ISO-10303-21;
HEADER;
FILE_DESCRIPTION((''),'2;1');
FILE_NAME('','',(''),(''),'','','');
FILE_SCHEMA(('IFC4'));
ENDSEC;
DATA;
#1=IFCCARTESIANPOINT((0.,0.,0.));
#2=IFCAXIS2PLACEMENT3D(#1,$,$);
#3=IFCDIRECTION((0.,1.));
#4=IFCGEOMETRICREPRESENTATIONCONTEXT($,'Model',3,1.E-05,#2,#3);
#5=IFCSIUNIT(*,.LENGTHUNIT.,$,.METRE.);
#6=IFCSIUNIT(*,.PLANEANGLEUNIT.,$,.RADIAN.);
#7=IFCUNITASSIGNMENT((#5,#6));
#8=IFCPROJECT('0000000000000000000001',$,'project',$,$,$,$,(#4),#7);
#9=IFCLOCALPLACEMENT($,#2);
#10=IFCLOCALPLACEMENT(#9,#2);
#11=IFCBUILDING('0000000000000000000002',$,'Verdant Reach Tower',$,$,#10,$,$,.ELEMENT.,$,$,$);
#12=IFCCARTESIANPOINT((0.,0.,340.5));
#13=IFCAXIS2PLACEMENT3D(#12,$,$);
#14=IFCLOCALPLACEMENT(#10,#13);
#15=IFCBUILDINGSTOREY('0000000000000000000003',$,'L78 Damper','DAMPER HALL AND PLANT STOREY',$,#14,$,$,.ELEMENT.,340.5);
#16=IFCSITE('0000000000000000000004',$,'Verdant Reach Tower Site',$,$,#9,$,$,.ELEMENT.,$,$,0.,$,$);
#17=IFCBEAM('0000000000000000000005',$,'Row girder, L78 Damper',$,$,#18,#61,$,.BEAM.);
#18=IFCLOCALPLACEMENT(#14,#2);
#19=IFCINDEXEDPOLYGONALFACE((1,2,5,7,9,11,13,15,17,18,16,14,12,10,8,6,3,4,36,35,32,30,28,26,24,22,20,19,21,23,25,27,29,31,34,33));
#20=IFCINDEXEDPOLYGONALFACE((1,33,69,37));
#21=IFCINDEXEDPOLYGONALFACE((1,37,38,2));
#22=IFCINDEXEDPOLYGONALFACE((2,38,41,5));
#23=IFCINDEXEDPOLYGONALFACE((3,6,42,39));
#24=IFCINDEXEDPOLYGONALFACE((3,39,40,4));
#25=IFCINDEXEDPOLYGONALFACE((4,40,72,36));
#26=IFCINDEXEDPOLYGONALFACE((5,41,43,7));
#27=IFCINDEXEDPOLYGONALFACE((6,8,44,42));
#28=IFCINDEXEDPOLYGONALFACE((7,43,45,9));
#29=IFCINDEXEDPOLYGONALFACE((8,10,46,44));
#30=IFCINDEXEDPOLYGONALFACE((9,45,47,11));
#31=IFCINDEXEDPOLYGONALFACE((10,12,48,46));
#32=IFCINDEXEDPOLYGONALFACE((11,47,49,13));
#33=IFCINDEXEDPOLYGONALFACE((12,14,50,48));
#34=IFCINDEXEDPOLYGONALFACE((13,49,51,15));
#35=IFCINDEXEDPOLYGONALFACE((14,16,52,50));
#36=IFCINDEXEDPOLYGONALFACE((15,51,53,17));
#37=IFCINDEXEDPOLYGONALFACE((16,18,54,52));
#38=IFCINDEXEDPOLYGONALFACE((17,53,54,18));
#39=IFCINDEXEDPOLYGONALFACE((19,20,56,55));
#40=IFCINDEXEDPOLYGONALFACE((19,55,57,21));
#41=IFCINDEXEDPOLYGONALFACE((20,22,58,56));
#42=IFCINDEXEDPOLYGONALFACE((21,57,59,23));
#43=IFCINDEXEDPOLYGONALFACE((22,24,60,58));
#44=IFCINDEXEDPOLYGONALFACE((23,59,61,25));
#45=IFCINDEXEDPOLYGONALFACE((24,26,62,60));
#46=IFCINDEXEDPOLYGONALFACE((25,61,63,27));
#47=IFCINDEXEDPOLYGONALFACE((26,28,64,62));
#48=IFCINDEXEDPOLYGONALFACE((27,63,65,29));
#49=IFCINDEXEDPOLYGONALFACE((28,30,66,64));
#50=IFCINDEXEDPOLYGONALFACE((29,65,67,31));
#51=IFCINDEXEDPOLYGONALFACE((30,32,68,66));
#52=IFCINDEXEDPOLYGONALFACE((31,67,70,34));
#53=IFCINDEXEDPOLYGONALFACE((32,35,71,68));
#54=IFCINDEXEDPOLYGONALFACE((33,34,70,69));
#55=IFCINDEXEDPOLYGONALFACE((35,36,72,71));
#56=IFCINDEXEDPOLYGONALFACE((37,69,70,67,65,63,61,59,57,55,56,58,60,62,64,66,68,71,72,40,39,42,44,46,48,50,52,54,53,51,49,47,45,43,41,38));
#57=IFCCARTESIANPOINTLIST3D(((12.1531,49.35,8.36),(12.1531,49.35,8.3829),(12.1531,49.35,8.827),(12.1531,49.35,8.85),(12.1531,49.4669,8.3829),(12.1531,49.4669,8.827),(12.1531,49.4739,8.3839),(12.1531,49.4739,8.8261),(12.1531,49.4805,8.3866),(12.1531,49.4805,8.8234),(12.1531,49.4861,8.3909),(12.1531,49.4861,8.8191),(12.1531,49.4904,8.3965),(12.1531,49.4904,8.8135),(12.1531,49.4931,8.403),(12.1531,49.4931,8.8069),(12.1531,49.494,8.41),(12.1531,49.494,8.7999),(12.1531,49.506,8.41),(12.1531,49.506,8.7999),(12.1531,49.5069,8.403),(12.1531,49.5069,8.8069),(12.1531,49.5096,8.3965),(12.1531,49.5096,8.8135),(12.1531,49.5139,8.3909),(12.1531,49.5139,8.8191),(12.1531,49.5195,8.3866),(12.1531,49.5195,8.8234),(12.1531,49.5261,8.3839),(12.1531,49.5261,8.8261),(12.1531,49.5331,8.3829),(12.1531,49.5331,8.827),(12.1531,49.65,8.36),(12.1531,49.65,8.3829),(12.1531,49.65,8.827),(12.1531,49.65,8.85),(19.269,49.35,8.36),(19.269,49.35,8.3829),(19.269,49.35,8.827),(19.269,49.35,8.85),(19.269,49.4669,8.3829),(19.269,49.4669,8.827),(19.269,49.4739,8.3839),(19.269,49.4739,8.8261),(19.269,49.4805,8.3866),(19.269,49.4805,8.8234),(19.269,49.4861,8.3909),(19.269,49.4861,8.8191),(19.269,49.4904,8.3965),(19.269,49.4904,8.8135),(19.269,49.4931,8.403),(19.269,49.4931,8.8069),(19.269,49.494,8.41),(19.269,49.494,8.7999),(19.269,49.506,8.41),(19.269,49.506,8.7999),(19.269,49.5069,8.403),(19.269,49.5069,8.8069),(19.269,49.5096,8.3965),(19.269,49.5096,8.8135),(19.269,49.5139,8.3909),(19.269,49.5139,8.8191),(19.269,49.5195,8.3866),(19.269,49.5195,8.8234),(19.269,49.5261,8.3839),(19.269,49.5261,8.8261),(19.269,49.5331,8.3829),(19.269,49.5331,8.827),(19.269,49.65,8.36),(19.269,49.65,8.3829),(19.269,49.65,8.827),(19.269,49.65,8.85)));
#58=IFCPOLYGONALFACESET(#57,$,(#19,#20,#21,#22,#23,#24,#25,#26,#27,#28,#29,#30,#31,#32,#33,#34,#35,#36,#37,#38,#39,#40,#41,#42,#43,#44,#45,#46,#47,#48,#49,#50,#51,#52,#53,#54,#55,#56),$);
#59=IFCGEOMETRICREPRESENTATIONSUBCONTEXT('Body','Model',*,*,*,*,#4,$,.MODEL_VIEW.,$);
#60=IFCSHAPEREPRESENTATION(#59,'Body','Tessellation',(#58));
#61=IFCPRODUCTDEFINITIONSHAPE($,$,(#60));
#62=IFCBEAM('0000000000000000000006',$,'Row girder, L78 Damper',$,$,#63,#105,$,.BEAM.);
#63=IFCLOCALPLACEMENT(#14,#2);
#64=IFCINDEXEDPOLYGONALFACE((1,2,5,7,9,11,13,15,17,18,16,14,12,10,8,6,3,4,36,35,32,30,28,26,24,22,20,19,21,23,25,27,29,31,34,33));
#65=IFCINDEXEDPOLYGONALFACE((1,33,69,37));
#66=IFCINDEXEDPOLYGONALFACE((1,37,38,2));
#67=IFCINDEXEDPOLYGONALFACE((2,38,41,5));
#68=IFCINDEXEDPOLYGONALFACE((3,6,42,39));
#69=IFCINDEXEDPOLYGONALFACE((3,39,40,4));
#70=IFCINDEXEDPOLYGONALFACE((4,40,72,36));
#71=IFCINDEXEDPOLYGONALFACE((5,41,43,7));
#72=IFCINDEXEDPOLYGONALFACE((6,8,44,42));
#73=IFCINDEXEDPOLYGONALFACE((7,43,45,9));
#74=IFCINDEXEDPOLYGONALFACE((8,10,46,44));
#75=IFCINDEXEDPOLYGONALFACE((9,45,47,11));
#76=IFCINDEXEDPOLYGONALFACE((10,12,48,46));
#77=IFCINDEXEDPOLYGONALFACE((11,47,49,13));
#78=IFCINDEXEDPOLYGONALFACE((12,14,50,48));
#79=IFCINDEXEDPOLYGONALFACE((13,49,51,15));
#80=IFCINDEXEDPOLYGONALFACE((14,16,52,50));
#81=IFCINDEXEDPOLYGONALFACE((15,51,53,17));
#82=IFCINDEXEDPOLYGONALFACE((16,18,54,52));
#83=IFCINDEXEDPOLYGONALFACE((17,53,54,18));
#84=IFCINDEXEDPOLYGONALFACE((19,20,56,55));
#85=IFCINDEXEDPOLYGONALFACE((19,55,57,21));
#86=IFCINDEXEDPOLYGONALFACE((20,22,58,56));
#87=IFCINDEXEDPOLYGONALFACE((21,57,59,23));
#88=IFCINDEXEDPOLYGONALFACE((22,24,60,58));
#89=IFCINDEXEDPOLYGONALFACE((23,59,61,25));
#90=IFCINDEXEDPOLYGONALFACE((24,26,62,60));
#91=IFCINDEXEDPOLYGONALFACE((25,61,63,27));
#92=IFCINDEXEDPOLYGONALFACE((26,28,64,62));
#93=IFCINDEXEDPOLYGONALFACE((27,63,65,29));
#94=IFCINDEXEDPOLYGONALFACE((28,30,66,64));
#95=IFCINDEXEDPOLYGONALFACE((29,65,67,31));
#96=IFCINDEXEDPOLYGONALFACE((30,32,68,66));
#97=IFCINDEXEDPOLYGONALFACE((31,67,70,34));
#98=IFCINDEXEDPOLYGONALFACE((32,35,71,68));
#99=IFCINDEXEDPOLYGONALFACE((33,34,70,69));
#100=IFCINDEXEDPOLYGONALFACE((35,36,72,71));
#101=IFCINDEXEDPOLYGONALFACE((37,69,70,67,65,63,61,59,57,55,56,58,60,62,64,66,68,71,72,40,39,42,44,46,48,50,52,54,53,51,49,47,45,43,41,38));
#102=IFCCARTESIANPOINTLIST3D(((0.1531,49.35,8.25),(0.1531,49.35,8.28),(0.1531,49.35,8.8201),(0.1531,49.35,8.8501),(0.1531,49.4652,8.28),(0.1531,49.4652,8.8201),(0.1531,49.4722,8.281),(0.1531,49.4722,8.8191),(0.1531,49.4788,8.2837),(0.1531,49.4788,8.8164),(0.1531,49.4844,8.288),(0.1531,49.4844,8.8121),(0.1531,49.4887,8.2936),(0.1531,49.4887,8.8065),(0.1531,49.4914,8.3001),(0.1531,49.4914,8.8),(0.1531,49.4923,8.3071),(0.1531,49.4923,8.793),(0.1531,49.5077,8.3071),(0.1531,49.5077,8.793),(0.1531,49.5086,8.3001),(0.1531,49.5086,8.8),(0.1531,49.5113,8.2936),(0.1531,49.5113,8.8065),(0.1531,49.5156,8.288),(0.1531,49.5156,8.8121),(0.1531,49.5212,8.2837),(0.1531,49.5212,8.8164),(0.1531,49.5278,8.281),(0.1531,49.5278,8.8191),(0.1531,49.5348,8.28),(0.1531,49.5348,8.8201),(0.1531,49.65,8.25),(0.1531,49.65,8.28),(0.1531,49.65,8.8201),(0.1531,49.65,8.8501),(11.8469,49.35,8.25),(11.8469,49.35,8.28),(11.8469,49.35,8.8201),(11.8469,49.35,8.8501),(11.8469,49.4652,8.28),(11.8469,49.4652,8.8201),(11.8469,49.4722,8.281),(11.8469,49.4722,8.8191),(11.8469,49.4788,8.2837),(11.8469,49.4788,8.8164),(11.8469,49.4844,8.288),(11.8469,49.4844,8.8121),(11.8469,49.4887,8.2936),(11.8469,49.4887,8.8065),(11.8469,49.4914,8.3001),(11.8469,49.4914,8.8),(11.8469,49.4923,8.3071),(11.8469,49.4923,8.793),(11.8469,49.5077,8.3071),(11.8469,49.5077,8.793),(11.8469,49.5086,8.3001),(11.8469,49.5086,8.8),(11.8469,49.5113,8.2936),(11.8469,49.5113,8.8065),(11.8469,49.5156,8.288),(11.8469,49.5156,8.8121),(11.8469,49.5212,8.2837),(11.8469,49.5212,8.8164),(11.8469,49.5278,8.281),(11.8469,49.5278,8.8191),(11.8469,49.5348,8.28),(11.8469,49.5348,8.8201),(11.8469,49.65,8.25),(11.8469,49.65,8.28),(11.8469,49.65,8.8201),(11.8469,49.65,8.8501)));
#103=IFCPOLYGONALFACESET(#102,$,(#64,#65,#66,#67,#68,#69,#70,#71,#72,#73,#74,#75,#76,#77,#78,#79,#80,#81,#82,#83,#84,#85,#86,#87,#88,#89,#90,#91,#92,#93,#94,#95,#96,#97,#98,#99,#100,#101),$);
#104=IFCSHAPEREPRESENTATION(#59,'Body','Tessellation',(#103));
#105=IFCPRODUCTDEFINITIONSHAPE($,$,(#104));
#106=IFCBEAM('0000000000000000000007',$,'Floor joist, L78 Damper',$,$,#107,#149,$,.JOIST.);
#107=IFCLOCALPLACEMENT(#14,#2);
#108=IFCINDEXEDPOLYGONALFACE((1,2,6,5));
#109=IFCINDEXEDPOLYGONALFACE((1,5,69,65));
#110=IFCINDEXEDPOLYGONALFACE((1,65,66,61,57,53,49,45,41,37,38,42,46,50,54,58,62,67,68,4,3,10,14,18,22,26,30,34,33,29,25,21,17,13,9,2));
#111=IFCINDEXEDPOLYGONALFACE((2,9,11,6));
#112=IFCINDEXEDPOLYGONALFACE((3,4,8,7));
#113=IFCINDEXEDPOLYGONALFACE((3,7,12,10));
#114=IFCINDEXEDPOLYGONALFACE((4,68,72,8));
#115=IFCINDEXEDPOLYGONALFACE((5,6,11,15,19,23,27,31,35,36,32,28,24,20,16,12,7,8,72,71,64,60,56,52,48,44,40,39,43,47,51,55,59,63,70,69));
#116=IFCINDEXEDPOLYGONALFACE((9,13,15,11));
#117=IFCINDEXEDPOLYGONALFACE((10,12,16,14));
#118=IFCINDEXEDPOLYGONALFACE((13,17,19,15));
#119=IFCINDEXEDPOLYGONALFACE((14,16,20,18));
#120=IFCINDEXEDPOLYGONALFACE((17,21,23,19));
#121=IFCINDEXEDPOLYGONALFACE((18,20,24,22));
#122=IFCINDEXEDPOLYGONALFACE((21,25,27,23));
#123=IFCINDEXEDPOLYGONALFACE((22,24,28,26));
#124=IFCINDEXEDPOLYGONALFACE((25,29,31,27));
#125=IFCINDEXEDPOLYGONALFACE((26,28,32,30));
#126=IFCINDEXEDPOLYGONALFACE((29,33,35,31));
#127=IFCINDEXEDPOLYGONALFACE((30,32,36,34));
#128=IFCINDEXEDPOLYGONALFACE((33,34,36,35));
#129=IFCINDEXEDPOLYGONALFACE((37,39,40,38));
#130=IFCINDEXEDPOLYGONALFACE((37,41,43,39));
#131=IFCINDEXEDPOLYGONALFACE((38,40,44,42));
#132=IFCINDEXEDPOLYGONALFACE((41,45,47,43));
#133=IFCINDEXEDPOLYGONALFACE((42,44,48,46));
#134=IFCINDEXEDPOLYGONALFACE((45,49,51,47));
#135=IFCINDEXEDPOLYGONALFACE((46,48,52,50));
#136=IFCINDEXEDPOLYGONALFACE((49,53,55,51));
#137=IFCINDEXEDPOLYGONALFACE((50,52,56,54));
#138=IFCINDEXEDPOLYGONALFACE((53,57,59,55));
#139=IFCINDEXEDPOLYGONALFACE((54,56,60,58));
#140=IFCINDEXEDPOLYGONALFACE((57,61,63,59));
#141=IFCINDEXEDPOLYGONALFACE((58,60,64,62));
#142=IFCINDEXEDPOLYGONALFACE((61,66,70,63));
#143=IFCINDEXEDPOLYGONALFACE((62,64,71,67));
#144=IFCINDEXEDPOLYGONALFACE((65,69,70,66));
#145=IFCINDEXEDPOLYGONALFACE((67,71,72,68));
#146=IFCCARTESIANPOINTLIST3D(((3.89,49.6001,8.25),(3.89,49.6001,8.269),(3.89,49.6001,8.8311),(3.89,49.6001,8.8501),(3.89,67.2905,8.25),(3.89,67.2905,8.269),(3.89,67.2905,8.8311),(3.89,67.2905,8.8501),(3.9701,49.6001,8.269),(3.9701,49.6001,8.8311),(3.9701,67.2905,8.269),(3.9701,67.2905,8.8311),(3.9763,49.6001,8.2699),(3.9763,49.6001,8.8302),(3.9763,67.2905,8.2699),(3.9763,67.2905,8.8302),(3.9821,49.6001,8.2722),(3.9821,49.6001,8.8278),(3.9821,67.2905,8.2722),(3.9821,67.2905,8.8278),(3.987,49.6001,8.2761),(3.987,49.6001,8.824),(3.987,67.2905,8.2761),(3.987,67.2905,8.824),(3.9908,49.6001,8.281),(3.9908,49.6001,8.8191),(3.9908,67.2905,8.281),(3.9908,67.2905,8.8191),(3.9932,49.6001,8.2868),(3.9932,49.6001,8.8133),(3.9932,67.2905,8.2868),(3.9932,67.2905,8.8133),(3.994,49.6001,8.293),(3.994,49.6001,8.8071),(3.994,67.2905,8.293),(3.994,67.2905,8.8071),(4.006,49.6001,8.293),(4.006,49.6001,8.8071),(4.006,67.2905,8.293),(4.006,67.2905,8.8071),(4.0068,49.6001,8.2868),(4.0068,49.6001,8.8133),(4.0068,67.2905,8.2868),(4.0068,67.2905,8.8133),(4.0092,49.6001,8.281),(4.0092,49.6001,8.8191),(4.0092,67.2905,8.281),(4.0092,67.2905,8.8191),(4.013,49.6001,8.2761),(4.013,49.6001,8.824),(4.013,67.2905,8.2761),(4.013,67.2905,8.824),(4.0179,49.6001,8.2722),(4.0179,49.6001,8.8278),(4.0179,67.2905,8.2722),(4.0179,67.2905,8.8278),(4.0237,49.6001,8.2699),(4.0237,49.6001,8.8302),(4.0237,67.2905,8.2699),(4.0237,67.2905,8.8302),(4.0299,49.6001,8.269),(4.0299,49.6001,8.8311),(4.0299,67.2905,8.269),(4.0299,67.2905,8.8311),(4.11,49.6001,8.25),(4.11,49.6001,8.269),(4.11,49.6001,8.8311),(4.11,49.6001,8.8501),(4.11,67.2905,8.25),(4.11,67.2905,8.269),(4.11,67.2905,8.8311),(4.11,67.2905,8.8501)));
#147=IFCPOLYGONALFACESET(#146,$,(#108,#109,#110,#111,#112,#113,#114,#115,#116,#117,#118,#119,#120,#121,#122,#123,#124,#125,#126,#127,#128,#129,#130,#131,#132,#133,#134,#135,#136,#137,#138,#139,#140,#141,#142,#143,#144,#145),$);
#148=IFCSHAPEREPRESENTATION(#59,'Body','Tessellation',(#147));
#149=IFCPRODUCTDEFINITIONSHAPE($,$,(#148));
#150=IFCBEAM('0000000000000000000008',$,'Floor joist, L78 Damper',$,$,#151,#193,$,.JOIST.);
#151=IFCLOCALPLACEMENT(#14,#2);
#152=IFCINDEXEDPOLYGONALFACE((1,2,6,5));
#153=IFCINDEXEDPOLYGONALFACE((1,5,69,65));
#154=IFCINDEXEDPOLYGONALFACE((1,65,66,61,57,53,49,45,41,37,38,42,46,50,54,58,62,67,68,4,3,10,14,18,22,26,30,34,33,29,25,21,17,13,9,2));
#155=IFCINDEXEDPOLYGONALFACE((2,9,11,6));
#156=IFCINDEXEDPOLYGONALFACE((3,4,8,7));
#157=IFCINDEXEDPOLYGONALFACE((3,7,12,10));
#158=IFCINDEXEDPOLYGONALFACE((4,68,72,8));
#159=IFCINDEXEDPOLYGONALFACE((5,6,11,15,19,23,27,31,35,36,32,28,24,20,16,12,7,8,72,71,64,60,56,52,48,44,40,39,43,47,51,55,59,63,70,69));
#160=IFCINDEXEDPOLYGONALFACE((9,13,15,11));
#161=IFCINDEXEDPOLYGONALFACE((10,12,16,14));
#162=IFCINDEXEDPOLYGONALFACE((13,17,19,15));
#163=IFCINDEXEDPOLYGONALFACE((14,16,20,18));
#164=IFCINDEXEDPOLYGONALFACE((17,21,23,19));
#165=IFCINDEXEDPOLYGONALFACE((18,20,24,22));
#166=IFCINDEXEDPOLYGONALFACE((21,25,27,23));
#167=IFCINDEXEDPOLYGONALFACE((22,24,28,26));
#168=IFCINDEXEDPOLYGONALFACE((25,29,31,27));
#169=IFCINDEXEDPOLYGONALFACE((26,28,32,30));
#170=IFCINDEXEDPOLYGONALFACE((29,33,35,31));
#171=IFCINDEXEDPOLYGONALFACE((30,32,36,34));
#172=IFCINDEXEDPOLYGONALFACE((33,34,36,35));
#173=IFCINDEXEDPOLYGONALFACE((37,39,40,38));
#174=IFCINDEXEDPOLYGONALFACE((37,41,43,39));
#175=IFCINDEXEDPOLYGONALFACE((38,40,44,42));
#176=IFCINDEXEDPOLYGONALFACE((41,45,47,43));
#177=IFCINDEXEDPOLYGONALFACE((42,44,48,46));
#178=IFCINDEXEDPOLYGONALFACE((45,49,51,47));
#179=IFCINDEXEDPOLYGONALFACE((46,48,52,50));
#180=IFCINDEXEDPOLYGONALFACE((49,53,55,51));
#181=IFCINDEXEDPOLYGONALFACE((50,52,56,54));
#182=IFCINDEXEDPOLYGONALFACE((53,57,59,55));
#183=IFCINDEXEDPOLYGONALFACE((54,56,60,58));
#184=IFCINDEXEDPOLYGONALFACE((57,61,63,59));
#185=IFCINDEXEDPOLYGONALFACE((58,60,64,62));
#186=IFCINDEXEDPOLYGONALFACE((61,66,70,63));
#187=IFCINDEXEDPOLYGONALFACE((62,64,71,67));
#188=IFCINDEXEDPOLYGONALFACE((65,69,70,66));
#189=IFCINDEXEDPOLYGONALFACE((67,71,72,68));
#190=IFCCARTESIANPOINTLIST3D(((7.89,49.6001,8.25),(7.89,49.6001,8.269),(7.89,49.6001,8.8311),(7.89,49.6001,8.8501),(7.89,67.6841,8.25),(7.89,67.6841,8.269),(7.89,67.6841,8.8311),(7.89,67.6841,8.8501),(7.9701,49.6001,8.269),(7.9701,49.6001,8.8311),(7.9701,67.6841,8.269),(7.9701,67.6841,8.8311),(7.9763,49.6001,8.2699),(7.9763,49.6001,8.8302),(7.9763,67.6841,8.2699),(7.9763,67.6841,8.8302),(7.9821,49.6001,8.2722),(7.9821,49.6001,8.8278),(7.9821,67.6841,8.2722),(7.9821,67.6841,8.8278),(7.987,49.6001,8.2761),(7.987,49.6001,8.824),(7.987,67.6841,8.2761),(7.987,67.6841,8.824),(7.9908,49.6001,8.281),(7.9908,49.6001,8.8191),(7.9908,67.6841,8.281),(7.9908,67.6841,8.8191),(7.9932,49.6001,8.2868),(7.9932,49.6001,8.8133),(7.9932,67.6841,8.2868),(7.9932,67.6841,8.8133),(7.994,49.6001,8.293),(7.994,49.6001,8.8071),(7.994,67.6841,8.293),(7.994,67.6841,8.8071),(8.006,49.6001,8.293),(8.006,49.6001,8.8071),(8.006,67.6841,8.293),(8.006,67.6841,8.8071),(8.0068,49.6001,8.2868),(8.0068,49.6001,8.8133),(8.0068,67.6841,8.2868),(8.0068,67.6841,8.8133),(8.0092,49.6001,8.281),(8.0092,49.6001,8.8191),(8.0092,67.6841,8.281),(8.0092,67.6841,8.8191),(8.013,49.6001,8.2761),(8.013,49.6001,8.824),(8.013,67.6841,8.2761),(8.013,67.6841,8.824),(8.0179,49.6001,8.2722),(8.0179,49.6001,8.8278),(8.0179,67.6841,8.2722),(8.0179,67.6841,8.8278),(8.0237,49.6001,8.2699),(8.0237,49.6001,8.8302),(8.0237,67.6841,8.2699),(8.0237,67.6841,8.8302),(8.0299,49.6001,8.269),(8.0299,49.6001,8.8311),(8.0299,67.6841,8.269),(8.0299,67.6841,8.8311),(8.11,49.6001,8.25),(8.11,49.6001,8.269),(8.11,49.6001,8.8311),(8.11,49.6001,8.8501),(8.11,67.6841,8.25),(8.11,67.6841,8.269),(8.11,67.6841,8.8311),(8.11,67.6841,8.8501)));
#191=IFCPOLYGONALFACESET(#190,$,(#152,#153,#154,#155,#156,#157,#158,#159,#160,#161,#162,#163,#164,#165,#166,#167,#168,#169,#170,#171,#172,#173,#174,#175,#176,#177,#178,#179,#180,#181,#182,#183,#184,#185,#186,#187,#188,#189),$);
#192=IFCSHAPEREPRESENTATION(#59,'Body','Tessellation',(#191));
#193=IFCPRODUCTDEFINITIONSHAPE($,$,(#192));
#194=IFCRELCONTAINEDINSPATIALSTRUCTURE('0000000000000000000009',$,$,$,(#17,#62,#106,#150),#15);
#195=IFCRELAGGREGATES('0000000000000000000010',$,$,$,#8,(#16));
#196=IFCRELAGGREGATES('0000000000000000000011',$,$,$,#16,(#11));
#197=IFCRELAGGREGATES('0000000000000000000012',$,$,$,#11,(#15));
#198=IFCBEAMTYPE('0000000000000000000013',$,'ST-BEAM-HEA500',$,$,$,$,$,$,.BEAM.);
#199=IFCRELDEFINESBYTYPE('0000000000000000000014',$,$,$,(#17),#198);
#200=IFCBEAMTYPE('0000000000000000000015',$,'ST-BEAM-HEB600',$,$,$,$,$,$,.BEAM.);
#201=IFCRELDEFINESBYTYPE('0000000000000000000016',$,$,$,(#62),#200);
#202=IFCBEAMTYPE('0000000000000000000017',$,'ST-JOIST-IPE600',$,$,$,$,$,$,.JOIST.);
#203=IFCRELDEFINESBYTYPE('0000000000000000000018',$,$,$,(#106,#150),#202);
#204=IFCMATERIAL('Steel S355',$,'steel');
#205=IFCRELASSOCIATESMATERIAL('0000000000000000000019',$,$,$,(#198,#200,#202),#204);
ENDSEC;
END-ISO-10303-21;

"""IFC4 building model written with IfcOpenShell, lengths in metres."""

from ifc_helpers import new_model, si_unit, direction, frame, origin, origin_2d, place, context, subcontext, project, spatial, i_section, extrude, material, material_profile, profile_set, type_object, element, save


model = new_model("IFC4")

# Units and contexts
model_context = context("Model", 3, precision=1e-05, world=origin(), true_north=direction((0.0, 1.0)))
body_context = subcontext(model_context, "Body", "Model", "MODEL_VIEW")
ifc_project = project(units=[si_unit("LENGTHUNIT", "METRE"), si_unit("PLANEANGLEUNIT", "RADIAN")], contexts=[model_context])

# Site, building, storey
site_placement = place(None, origin())
site = spatial("IfcSite", under=ifc_project, at=site_placement, Name="Verdant Reach Tower Site", CompositionType="ELEMENT", RefElevation=0.0)
building_placement = place(site_placement, origin())
building = spatial("IfcBuilding", under=site, at=building_placement, Name="Verdant Reach Tower", CompositionType="ELEMENT")
storey_placement = place(building_placement, frame((0.0, 0.0, 340.5)))
storey = spatial("IfcBuildingStorey", under=building, at=storey_placement, Name="L78 Damper", Description="DAMPER HALL AND PLANT STOREY", CompositionType="ELEMENT", Elevation=340.5)

# Beams
ifc_material_1 = material(Name="Steel S355", Category="steel")
ifc_material_profile_1 = material_profile(ifc_material_1, i_section(OverallWidth=0.3, OverallDepth=0.49, WebThickness=0.012, FlangeThickness=0.0229, FilletRadius=0.0271, at=origin_2d()), Name="HEA 500")
ifc_profile_set_1 = profile_set([ifc_material_profile_1], Name="Steel S355")
beam_type_1 = type_object("IfcBeamType", Name="ST-BEAM-HEA500", PredefinedType="BEAM", material=ifc_profile_set_1)
beam_1_placement = place(storey_placement, frame((12.1531, 49.5, 8.605), z_axis=(1.0, 0.0, 0.0), x_axis=(0.0, 1.0, 0.0)))
element("IfcBeam", 1, at=beam_1_placement, inside=storey, type_object=beam_type_1, Name="Row girder, L78 Damper", PredefinedType="BEAM", context=body_context, shape_type="SweptSolid", body=[
    extrude(i_section(OverallWidth=0.3, OverallDepth=0.49, WebThickness=0.012, FlangeThickness=0.0229, FilletRadius=0.0271, at=origin_2d()), origin(), (0.0, 0.0, 1.0), 7.116),
])
ifc_material_profile_2 = material_profile(ifc_material_1, i_section(OverallWidth=0.3, OverallDepth=0.6001, WebThickness=0.0154, FlangeThickness=0.03, FilletRadius=0.0271, at=origin_2d()), Name="HEB 600")
ifc_profile_set_2 = profile_set([ifc_material_profile_2], Name="Steel S355")
beam_type_2 = type_object("IfcBeamType", Name="ST-BEAM-HEB600", PredefinedType="BEAM", material=ifc_profile_set_2)
beam_2_placement = place(storey_placement, frame((0.1531, 49.5, 8.55), z_axis=(1.0, 0.0, 0.0), x_axis=(0.0, 1.0, 0.0)))
element("IfcBeam", 2, at=beam_2_placement, inside=storey, type_object=beam_type_2, Name="Row girder, L78 Damper", PredefinedType="BEAM", context=body_context, shape_type="SweptSolid", body=[
    extrude(i_section(OverallWidth=0.3, OverallDepth=0.6001, WebThickness=0.0154, FlangeThickness=0.03, FilletRadius=0.0271, at=origin_2d()), origin(), (0.0, 0.0, 1.0), 11.6938),
])
ifc_material_profile_3 = material_profile(ifc_material_1, i_section(OverallWidth=0.22, OverallDepth=0.6001, WebThickness=0.012, FlangeThickness=0.019, FilletRadius=0.0239, at=origin_2d()), Name="IPE 600")
ifc_profile_set_3 = profile_set([ifc_material_profile_3], Name="Steel S355")
beam_type_3 = type_object("IfcBeamType", Name="ST-JOIST-IPE600", PredefinedType="JOIST", material=ifc_profile_set_3)
beam_3_placement = place(storey_placement, frame((4.0, 49.6001, 8.55), z_axis=(0.0, 1.0, 0.0), x_axis=(-1.0, 0.0, 0.0)))
element("IfcBeam", 3, at=beam_3_placement, inside=storey, type_object=beam_type_3, Name="Floor joist, L78 Damper", PredefinedType="JOIST", context=body_context, shape_type="SweptSolid", body=[
    extrude(i_section(OverallWidth=0.22, OverallDepth=0.6001, WebThickness=0.012, FlangeThickness=0.019, FilletRadius=0.0239, at=origin_2d()), origin(), (0.0, 0.0, 1.0), 17.6904),
])
beam_4_placement = place(storey_placement, frame((8.0, 49.6001, 8.55), z_axis=(0.0, 1.0, 0.0), x_axis=(-1.0, 0.0, 0.0)))
element("IfcBeam", 4, at=beam_4_placement, inside=storey, type_object=beam_type_3, Name="Floor joist, L78 Damper", PredefinedType="JOIST", context=body_context, shape_type="SweptSolid", body=[
    extrude(i_section(OverallWidth=0.22, OverallDepth=0.6001, WebThickness=0.012, FlangeThickness=0.019, FilletRadius=0.0239, at=origin_2d()), origin(), (0.0, 0.0, 1.0), 18.084),
])

save(model, "model.ifc")
